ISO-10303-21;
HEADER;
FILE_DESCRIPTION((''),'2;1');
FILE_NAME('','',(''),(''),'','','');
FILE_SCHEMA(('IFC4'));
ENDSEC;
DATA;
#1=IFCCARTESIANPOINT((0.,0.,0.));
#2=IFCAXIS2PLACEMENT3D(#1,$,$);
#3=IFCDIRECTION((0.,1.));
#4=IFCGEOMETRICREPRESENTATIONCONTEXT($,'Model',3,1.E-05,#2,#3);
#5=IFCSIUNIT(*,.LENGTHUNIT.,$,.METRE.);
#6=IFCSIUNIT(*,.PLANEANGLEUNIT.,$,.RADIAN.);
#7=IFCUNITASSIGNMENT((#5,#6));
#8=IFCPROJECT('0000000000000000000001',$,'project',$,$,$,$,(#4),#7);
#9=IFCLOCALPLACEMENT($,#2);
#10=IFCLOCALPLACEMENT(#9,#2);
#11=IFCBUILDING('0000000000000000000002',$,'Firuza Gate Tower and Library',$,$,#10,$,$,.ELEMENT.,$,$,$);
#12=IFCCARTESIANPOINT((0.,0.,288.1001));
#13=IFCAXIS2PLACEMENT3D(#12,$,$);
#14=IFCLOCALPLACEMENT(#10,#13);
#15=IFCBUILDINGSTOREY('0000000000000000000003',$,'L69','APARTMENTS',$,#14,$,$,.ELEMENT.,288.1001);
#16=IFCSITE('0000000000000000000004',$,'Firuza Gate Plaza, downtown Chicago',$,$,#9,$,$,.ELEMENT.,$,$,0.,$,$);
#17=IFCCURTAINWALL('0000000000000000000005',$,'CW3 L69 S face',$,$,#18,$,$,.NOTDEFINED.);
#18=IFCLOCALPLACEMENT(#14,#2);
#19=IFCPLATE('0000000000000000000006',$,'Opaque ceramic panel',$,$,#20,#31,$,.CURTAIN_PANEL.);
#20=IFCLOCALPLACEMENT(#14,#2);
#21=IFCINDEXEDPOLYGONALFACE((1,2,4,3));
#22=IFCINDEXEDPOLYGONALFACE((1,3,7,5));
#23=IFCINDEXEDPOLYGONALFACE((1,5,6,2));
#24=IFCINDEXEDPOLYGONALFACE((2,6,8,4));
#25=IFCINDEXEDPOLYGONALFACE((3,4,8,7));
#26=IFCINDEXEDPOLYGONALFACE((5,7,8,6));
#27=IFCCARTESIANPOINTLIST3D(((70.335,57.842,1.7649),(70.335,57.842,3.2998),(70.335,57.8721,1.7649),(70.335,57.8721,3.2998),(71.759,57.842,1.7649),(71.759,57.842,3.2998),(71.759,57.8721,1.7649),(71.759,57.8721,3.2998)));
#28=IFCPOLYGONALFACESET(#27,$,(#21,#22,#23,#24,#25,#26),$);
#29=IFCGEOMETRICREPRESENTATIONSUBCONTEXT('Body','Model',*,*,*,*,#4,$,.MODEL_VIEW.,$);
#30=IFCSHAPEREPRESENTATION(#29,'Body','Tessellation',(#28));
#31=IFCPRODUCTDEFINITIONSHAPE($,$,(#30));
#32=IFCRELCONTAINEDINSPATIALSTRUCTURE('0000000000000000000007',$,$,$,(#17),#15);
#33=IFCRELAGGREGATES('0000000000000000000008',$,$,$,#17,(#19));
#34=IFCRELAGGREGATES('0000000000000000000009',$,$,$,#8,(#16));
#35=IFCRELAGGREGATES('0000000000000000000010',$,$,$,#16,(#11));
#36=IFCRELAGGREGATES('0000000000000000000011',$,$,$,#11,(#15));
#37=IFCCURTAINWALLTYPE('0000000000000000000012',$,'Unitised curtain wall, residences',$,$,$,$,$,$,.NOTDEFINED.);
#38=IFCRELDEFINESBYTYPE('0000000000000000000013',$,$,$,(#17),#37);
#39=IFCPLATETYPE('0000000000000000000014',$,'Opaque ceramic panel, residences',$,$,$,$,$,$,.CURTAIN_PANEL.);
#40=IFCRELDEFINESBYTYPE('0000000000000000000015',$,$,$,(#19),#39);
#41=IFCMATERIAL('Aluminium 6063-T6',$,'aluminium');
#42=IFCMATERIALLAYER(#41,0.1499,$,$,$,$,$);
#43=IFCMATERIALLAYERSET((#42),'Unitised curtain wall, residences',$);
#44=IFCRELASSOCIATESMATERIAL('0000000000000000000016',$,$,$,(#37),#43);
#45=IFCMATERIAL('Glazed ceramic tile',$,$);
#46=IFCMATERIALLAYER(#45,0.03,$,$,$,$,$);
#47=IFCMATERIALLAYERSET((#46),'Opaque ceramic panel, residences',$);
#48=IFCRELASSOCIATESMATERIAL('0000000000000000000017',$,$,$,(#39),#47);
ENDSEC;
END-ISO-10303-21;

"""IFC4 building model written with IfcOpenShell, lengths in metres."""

from ifc_helpers import new_model, si_unit, direction, frame, origin, place, context, subcontext, project, spatial, polyline, outline, extrude, material, layer, layer_set, type_object, element, aggregate, save


model = new_model("IFC4")

# Units and contexts
model_context = context("Model", 3, precision=1e-05, world=origin(), true_north=direction((0.0, 1.0)))
body_context = subcontext(model_context, "Body", "Model", "MODEL_VIEW")
ifc_project = project(units=[si_unit("LENGTHUNIT", "METRE"), si_unit("PLANEANGLEUNIT", "RADIAN")], contexts=[model_context])

# Site, building, storey
site_placement = place(None, origin())
site = spatial("IfcSite", under=ifc_project, at=site_placement, Name="Firuza Gate Plaza, downtown Chicago", CompositionType="ELEMENT", RefElevation=0.0)
building_placement = place(site_placement, origin())
building = spatial("IfcBuilding", under=site, at=building_placement, Name="Firuza Gate Tower and Library", CompositionType="ELEMENT")
storey_placement = place(building_placement, frame((0.0, 0.0, 288.1001)))
storey = spatial("IfcBuildingStorey", under=building, at=storey_placement, Name="L69", Description="APARTMENTS", CompositionType="ELEMENT", Elevation=288.1001)

# Curtain wall, plate
ifc_material_1 = material(Name="Aluminium 6063-T6", Category="aluminium")
ifc_layer_1 = layer(ifc_material_1, 0.1499)
ifc_layer_set_1 = layer_set([ifc_layer_1], Name="Unitised curtain wall, residences")
curtain_wall_type = type_object("IfcCurtainWallType", Name="Unitised curtain wall, residences", PredefinedType="NOTDEFINED", material=ifc_layer_set_1)
curtain_wall_placement = place(storey_placement, origin())
curtain_wall = element("IfcCurtainWall", 1, at=curtain_wall_placement, inside=storey, type_object=curtain_wall_type, Name="CW3 L69 S face", PredefinedType="NOTDEFINED")
ifc_material_2 = material(Name="Glazed ceramic tile")
ifc_layer_2 = layer(ifc_material_2, 0.03)
ifc_layer_set_2 = layer_set([ifc_layer_2], Name="Opaque ceramic panel, residences")
plate_type_1 = type_object("IfcPlateType", Name="Opaque ceramic panel, residences", PredefinedType="CURTAIN_PANEL", material=ifc_layer_set_2)
plate_1_placement = place(storey_placement, frame((70.335, 57.842, 1.7649), z_axis=(0.0, -1.0, 0.0), x_axis=(1.0, 0.0, 0.0)))
plate_1 = element("IfcPlate", 2, at=plate_1_placement, type_object=plate_type_1, Name="Opaque ceramic panel", PredefinedType="CURTAIN_PANEL", context=body_context, shape_type="SweptSolid", body=[
    extrude(outline(polyline([(0.0, 0.0), (1.4241, 0.0), (1.4241, 1.5349), (0.0, 1.5349), (0.0, 0.0)])), origin(), (0.0, 0.0, -1.0), 0.03),
])
aggregate(curtain_wall, [plate_1])

save(model, "model.ifc")
